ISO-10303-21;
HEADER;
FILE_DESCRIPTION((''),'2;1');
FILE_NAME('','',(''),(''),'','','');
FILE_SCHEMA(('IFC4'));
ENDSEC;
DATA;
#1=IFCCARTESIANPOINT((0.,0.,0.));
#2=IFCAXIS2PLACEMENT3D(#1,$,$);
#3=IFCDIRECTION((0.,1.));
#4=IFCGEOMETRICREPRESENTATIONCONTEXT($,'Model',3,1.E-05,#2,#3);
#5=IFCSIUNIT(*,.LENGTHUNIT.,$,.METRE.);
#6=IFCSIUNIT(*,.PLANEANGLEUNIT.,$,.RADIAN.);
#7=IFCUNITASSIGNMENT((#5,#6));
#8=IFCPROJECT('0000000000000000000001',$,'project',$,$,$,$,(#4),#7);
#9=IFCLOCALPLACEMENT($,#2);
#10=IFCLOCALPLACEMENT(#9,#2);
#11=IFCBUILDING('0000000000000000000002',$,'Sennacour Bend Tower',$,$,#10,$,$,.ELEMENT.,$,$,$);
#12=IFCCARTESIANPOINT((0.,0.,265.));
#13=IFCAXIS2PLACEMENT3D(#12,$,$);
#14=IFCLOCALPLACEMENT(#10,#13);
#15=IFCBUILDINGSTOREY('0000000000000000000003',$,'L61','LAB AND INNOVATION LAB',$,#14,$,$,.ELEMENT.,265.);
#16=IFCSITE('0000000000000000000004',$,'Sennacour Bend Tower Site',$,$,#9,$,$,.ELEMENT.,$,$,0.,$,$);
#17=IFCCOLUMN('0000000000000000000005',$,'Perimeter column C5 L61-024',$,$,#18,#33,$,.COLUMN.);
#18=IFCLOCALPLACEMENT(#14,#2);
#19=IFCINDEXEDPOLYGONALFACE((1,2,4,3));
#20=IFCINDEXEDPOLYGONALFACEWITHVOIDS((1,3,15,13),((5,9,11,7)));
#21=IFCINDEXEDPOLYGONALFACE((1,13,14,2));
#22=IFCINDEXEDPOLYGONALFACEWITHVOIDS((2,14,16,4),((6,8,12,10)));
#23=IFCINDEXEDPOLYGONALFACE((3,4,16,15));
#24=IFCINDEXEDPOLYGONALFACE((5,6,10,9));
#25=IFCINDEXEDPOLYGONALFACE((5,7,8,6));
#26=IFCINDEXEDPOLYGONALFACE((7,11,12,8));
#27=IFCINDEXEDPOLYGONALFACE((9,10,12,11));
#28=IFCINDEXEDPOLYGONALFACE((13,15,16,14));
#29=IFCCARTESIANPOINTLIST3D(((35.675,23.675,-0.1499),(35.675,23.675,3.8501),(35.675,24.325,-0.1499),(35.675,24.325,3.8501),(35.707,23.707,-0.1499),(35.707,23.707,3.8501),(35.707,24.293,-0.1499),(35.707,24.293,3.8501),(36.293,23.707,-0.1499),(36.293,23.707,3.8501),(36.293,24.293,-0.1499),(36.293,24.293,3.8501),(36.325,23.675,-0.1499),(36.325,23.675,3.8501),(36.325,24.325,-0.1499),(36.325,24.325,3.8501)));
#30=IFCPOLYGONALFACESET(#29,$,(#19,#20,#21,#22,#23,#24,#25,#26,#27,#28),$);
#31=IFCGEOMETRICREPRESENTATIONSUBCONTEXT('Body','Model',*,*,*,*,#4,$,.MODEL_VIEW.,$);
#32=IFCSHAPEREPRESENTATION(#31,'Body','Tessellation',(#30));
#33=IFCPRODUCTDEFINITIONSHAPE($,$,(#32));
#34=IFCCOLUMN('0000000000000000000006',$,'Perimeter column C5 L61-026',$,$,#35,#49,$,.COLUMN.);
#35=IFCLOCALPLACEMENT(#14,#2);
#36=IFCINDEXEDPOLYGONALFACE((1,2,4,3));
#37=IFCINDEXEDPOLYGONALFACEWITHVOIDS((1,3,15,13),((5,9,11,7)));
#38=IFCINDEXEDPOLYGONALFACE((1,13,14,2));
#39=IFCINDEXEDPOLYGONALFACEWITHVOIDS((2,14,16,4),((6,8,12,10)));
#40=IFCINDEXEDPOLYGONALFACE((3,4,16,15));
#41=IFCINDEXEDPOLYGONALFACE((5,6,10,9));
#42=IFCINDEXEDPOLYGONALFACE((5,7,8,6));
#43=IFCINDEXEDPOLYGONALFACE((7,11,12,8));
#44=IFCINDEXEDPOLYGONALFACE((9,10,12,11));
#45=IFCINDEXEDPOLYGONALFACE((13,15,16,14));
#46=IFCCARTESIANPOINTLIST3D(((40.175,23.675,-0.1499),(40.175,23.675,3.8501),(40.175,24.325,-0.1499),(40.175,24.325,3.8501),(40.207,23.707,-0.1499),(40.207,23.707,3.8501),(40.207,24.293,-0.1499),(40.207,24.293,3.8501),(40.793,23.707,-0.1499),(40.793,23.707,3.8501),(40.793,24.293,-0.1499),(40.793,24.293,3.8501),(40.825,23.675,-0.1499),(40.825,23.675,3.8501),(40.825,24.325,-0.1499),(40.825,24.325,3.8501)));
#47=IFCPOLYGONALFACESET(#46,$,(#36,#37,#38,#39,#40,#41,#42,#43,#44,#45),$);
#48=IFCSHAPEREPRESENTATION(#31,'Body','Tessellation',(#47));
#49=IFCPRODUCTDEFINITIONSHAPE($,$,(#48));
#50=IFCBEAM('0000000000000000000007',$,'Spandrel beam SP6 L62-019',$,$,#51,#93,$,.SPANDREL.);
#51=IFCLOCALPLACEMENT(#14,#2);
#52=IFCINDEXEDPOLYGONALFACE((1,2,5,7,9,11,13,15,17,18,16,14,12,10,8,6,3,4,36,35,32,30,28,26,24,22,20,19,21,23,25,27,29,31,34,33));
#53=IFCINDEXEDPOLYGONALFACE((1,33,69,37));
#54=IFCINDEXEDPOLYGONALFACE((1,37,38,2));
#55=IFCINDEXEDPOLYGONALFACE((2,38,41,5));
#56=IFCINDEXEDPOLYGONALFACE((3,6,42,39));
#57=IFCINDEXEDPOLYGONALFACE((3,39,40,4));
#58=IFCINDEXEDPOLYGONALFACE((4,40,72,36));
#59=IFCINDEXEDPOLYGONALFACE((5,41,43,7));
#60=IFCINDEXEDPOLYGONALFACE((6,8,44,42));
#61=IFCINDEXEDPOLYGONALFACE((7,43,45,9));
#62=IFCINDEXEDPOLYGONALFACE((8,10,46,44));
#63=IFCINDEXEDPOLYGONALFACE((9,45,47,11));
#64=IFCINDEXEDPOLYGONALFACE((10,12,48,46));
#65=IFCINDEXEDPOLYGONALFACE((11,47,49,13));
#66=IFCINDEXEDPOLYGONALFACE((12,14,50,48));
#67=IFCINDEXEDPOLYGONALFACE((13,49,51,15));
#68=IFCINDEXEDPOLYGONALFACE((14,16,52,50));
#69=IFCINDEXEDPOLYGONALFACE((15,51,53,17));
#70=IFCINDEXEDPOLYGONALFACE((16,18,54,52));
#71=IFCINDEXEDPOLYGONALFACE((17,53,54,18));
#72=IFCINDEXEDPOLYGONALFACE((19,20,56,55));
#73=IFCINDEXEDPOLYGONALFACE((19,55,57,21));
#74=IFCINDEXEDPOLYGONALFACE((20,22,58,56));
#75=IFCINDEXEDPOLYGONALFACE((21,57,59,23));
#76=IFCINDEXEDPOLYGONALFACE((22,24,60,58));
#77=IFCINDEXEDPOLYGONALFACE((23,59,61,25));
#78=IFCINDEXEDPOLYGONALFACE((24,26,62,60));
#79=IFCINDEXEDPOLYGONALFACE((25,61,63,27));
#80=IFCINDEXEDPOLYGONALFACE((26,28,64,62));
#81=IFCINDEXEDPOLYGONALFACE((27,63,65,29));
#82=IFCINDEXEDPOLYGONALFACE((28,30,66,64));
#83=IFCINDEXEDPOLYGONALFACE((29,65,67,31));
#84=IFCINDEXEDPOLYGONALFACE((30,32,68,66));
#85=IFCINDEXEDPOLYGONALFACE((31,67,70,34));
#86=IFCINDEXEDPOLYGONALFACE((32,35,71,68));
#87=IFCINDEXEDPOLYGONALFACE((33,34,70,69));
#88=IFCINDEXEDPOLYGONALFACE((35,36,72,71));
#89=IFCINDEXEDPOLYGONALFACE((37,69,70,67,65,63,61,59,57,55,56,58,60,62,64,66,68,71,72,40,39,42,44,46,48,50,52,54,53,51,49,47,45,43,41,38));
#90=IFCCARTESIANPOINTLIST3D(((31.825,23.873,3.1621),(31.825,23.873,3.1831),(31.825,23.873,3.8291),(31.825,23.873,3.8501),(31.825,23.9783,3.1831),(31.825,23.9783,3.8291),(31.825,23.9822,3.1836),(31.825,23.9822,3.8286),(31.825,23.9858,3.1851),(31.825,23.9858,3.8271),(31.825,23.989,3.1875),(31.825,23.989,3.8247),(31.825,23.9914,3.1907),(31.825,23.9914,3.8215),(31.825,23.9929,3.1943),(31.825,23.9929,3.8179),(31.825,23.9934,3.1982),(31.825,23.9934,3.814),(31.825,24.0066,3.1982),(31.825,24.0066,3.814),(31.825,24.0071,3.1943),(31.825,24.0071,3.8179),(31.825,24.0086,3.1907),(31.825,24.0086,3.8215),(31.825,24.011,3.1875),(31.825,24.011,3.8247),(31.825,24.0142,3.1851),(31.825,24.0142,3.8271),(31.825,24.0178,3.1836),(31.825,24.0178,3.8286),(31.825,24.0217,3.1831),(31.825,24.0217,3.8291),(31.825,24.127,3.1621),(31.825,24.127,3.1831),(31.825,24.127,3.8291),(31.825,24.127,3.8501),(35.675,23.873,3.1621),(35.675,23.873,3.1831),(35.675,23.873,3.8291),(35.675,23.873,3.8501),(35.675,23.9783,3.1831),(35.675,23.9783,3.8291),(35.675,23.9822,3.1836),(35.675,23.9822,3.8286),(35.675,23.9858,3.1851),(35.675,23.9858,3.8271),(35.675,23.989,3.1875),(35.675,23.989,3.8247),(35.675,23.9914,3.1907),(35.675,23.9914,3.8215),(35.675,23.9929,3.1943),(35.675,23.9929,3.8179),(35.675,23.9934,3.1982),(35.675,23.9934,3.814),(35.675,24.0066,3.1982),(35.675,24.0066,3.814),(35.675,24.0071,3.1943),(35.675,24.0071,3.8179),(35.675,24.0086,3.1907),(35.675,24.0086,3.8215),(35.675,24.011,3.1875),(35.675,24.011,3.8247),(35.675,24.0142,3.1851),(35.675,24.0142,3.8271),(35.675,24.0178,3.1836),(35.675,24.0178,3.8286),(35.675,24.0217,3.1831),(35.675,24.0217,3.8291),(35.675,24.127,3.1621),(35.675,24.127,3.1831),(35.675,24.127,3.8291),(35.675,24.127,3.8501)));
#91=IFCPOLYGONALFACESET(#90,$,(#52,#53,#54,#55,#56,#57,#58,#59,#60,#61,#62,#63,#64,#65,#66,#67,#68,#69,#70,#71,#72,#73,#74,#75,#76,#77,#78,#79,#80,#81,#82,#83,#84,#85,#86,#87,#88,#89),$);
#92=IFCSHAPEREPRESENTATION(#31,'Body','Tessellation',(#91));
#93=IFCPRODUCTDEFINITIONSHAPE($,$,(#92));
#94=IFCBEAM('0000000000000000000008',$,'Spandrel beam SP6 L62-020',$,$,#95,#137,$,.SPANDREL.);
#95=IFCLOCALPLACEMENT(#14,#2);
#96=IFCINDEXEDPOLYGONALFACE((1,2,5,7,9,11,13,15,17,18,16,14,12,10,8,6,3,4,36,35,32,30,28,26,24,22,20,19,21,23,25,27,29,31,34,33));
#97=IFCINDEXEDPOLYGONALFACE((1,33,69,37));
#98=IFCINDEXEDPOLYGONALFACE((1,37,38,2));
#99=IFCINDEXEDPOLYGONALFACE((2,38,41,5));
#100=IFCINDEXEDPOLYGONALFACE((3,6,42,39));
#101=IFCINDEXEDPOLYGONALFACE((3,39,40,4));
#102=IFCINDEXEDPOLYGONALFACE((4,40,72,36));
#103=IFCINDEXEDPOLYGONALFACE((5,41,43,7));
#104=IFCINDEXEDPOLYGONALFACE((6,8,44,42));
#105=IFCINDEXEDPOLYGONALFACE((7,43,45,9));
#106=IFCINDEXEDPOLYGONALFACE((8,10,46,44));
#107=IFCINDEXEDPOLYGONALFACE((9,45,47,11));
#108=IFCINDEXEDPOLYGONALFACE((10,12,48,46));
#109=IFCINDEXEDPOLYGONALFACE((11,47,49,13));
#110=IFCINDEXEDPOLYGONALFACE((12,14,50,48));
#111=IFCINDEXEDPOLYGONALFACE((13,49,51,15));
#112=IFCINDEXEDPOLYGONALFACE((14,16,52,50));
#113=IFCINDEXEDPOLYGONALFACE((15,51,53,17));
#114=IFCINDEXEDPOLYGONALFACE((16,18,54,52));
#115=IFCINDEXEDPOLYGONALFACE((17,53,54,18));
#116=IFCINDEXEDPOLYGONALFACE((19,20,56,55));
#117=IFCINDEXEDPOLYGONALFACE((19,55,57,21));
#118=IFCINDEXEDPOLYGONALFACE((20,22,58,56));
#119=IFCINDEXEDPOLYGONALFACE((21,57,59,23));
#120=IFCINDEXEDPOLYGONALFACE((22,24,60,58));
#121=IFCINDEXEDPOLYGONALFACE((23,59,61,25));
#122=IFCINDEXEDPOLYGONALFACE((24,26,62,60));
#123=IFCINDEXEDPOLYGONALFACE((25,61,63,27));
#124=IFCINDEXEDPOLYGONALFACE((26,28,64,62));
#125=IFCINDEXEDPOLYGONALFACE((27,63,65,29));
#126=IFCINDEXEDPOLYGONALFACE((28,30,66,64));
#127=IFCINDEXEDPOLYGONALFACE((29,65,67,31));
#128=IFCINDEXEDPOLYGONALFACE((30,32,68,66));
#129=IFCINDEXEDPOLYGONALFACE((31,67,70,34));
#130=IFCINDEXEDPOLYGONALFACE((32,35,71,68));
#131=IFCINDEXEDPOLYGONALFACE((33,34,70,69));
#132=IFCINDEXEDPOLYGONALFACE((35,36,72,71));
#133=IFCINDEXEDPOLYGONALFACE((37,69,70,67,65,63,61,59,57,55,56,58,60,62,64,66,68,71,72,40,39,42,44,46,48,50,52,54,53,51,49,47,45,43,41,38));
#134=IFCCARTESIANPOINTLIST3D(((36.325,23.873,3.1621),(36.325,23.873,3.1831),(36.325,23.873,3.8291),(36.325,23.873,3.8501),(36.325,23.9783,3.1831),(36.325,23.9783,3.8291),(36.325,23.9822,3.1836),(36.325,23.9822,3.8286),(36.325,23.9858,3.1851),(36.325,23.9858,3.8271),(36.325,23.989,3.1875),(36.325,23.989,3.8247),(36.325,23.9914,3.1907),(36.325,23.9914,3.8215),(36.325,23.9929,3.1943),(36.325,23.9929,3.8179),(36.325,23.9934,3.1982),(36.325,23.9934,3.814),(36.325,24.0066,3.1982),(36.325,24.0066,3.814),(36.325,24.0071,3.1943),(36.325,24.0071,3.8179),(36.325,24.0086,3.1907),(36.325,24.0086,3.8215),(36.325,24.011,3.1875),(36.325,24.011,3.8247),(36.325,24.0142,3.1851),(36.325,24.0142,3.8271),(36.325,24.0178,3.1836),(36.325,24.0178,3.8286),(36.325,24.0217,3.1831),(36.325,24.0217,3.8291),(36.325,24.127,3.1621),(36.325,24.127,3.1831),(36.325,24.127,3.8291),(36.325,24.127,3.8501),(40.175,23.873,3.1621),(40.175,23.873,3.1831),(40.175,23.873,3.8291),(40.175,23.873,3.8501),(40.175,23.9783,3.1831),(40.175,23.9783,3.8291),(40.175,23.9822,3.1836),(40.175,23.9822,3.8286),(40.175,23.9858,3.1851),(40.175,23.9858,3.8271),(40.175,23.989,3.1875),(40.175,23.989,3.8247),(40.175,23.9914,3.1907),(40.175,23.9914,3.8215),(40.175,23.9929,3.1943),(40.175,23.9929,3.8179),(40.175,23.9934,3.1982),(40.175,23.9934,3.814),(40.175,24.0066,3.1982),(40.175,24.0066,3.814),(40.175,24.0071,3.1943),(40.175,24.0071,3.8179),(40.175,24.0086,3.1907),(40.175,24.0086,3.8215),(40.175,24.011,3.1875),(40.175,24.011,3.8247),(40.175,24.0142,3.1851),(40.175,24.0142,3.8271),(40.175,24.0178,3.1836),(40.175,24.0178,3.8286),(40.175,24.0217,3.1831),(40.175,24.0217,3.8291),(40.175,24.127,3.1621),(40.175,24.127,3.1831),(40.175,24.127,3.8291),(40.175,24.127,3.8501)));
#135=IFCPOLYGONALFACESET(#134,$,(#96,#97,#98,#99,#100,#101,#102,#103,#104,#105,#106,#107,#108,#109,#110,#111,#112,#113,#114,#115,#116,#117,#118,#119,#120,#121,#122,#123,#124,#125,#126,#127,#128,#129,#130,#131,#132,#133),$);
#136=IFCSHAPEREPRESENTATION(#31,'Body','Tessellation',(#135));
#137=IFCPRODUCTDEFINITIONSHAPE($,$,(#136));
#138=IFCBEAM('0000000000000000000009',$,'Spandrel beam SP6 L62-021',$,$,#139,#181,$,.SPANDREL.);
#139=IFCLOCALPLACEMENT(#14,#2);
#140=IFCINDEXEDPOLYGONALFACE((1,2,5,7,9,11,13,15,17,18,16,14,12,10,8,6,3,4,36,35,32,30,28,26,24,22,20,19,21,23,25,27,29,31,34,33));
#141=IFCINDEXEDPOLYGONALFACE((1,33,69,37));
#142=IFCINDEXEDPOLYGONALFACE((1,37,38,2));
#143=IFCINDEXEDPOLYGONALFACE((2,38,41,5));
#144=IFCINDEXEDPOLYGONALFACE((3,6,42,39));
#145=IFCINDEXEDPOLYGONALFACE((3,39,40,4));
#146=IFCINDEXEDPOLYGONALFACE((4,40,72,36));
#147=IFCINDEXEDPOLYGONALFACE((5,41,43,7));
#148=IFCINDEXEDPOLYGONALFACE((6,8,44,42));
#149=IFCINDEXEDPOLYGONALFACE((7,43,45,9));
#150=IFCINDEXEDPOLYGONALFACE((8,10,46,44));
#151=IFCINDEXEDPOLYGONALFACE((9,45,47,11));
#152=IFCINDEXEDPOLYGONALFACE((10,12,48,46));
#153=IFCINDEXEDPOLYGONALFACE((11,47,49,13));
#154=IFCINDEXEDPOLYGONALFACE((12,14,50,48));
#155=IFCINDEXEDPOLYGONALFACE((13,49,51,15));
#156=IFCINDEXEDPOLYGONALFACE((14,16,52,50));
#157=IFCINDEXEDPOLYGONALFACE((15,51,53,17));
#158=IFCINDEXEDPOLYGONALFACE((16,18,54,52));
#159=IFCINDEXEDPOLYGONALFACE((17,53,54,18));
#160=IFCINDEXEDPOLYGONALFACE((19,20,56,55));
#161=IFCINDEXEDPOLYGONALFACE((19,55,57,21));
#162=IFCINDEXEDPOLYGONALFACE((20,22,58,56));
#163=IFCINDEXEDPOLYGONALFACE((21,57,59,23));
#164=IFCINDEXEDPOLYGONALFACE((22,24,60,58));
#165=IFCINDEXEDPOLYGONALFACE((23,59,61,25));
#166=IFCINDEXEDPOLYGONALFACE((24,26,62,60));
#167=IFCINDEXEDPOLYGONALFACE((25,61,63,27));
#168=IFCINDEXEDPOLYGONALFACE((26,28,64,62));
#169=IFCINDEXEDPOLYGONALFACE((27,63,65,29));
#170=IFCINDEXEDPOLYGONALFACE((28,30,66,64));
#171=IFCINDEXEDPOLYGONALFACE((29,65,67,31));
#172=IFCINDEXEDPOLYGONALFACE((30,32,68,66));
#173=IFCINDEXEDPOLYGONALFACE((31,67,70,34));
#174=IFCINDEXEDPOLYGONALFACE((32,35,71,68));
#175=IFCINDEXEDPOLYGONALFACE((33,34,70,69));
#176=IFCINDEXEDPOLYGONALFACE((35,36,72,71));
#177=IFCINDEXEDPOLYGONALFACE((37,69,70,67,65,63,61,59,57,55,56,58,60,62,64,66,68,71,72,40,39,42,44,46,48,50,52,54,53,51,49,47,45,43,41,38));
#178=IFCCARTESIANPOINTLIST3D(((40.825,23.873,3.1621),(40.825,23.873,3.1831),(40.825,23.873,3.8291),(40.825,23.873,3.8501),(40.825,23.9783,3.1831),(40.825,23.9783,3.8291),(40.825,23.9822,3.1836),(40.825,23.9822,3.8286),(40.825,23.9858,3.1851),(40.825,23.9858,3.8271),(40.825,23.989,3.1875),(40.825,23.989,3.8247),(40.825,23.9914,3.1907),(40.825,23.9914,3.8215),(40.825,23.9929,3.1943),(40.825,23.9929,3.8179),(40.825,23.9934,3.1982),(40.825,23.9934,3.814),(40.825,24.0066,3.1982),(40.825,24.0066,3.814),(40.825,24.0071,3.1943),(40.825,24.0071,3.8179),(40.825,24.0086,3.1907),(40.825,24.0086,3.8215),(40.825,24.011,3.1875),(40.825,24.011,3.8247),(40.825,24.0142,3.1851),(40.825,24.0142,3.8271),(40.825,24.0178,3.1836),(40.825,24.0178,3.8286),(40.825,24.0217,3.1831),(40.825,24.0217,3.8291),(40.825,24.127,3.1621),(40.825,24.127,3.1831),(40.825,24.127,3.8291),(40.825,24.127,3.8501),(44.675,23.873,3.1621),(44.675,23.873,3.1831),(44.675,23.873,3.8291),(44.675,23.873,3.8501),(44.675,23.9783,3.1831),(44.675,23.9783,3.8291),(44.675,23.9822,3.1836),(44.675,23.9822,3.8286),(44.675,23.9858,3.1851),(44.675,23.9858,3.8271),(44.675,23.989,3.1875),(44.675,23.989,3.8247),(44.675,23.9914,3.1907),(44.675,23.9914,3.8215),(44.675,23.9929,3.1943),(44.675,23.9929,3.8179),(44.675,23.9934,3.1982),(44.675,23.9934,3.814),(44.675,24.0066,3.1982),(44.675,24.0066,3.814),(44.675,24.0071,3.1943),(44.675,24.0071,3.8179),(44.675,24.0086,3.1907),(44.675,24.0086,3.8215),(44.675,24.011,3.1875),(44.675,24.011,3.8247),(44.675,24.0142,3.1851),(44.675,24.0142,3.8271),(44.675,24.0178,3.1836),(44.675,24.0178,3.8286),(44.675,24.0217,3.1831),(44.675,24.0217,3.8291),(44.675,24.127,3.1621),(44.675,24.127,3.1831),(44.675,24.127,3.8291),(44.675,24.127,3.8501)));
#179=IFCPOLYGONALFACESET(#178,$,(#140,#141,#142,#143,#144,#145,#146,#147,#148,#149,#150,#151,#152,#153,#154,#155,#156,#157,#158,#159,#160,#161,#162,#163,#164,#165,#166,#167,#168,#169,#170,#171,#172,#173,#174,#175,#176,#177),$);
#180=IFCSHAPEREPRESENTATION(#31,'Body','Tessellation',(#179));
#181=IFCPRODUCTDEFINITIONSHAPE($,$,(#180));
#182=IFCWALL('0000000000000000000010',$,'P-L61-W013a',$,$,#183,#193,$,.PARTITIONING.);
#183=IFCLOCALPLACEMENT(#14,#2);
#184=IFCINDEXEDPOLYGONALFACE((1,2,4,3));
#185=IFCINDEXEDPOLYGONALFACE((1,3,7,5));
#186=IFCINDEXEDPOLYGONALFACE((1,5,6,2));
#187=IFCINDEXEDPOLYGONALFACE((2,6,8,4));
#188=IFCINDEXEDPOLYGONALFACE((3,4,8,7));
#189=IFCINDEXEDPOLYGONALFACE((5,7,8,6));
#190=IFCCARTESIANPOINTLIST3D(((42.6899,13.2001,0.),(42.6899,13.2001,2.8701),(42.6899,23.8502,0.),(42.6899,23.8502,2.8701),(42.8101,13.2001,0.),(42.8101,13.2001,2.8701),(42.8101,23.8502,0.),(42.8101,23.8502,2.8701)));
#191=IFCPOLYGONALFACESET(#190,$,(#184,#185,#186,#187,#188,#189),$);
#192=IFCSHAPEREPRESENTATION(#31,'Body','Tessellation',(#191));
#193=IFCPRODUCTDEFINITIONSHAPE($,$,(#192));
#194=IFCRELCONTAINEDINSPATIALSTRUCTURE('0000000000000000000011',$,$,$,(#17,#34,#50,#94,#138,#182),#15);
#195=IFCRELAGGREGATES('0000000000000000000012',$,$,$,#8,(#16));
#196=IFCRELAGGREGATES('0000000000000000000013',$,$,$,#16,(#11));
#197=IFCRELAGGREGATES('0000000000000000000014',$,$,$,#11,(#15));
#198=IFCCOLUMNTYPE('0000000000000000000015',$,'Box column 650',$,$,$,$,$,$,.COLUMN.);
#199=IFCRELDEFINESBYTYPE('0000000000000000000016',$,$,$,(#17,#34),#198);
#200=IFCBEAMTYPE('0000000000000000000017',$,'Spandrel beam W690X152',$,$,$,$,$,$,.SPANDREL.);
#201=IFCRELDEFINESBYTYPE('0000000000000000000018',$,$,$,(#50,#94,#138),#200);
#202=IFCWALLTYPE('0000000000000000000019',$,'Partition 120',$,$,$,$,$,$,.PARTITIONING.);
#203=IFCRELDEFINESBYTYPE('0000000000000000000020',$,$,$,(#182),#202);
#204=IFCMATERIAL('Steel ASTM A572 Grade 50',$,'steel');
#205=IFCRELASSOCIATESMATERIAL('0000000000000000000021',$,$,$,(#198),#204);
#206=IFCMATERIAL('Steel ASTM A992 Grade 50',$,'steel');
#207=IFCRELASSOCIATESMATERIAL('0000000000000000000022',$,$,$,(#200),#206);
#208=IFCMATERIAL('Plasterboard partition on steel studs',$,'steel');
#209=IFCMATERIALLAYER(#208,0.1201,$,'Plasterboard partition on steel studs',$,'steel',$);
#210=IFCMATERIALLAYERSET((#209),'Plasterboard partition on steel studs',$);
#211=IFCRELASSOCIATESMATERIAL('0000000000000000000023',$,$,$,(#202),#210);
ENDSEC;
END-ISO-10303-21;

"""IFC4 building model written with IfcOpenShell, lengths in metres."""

from ifc_helpers import new_model, si_unit, direction, frame, frame_2d, origin, origin_2d, place, context, subcontext, project, spatial, rectangle, hollow_rectangle, i_section, extrude, material, layer, layer_set, material_profile, profile_set, type_object, element, save


model = new_model("IFC4")

# Units and contexts
model_context = context("Model", 3, precision=1e-05, world=origin(), true_north=direction((0.0, 1.0)))
body_context = subcontext(model_context, "Body", "Model", "MODEL_VIEW")
ifc_project = project(units=[si_unit("LENGTHUNIT", "METRE"), si_unit("PLANEANGLEUNIT", "RADIAN")], contexts=[model_context])

# Site, building, storey
site_placement = place(None, origin())
site = spatial("IfcSite", under=ifc_project, at=site_placement, Name="Sennacour Bend Tower Site", CompositionType="ELEMENT", RefElevation=0.0)
building_placement = place(site_placement, origin())
building = spatial("IfcBuilding", under=site, at=building_placement, Name="Sennacour Bend Tower", CompositionType="ELEMENT")
storey_placement = place(building_placement, frame((0.0, 0.0, 265.0)))
storey = spatial("IfcBuildingStorey", under=building, at=storey_placement, Name="L61", Description="LAB AND INNOVATION LAB", CompositionType="ELEMENT", Elevation=265.0)

# Columns
ifc_material_1 = material(Name="Steel ASTM A572 Grade 50", Category="steel")
ifc_material_profile_1 = material_profile(ifc_material_1, hollow_rectangle(XDim=0.6499, YDim=0.6499, WallThickness=0.032, at=origin_2d()), Name="Steel ASTM A572 Grade 50", Category="steel")
ifc_profile_set_1 = profile_set([ifc_material_profile_1], Name="Steel ASTM A572 Grade 50")
column_type = type_object("IfcColumnType", Name="Box column 650", PredefinedType="COLUMN", material=ifc_profile_set_1)
for number, where, z_axis, x_axis, name in (
    (1, (36.0, 24.0, -0.1499), (0.0, 0.0, 1.0), (1.0, 0.0, 0.0), "Perimeter column C5 L61-024"),
    (2, (40.5, 24.0, -0.1499), (0.0, 0.0, 1.0), (1.0, 0.0, 0.0), "Perimeter column C5 L61-026"),
):
    element("IfcColumn", number, at=place(storey_placement, frame(where, z_axis=z_axis, x_axis=x_axis)), inside=storey, type_object=column_type, Name=name, PredefinedType="COLUMN", context=body_context, shape_type="SweptSolid", body=[
        extrude(hollow_rectangle(XDim=0.6499, YDim=0.6499, WallThickness=0.032, at=origin_2d()), origin(), (0.0, 0.0, 1.0), 4.0),
    ])

# Beams
ifc_material_2 = material(Name="Steel ASTM A992 Grade 50", Category="steel")
ifc_material_profile_2 = material_profile(ifc_material_2, i_section(OverallWidth=0.2539, OverallDepth=0.688, WebThickness=0.0132, FlangeThickness=0.021, FilletRadius=0.0151, at=origin_2d()), Name="Steel ASTM A992 Grade 50", Category="steel")
ifc_profile_set_2 = profile_set([ifc_material_profile_2], Name="Steel ASTM A992 Grade 50")
beam_type = type_object("IfcBeamType", Name="Spandrel beam W690X152", PredefinedType="SPANDREL", material=ifc_profile_set_2)
for number, where, z_axis, x_axis, name in (
    (3, (31.825, 24.0, 3.5061), (1.0, 0.0, 0.0), (0.0, 1.0, 0.0), "Spandrel beam SP6 L62-019"),
    (4, (36.325, 24.0, 3.5061), (1.0, 0.0, 0.0), (0.0, 1.0, 0.0), "Spandrel beam SP6 L62-020"),
    (5, (40.825, 24.0, 3.5061), (1.0, 0.0, 0.0), (0.0, 1.0, 0.0), "Spandrel beam SP6 L62-021"),
):
    element("IfcBeam", number, at=place(storey_placement, frame(where, z_axis=z_axis, x_axis=x_axis)), inside=storey, type_object=beam_type, Name=name, PredefinedType="SPANDREL", context=body_context, shape_type="SweptSolid", body=[
        extrude(i_section(OverallWidth=0.2539, OverallDepth=0.688, WebThickness=0.0132, FlangeThickness=0.021, FilletRadius=0.0151, at=origin_2d()), origin(), (0.0, 0.0, 1.0), 3.8501),
    ])

# Wall
ifc_material_3 = material(Name="Plasterboard partition on steel studs", Category="steel")
ifc_layer_1 = layer(ifc_material_3, 0.1201, Name="Plasterboard partition on steel studs", Category="steel")
ifc_layer_set_1 = layer_set([ifc_layer_1], Name="Plasterboard partition on steel studs")
wall_type_1 = type_object("IfcWallType", Name="Partition 120", PredefinedType="PARTITIONING", material=ifc_layer_set_1)
wall_1_placement = place(storey_placement, frame((42.75, 13.2, 0.0), z_axis=(0.0, 0.0, 1.0), x_axis=(0.0, 1.0, 0.0)))
element("IfcWall", 6, at=wall_1_placement, inside=storey, type_object=wall_type_1, Name="P-L61-W013a", PredefinedType="PARTITIONING", context=body_context, shape_type="SweptSolid", body=[
    extrude(rectangle(XDim=10.6501, YDim=0.1201, at=frame_2d((5.3252, 0.0))), origin(), (0.0, 0.0, 1.0), 2.8701),
])

save(model, "model.ifc")
